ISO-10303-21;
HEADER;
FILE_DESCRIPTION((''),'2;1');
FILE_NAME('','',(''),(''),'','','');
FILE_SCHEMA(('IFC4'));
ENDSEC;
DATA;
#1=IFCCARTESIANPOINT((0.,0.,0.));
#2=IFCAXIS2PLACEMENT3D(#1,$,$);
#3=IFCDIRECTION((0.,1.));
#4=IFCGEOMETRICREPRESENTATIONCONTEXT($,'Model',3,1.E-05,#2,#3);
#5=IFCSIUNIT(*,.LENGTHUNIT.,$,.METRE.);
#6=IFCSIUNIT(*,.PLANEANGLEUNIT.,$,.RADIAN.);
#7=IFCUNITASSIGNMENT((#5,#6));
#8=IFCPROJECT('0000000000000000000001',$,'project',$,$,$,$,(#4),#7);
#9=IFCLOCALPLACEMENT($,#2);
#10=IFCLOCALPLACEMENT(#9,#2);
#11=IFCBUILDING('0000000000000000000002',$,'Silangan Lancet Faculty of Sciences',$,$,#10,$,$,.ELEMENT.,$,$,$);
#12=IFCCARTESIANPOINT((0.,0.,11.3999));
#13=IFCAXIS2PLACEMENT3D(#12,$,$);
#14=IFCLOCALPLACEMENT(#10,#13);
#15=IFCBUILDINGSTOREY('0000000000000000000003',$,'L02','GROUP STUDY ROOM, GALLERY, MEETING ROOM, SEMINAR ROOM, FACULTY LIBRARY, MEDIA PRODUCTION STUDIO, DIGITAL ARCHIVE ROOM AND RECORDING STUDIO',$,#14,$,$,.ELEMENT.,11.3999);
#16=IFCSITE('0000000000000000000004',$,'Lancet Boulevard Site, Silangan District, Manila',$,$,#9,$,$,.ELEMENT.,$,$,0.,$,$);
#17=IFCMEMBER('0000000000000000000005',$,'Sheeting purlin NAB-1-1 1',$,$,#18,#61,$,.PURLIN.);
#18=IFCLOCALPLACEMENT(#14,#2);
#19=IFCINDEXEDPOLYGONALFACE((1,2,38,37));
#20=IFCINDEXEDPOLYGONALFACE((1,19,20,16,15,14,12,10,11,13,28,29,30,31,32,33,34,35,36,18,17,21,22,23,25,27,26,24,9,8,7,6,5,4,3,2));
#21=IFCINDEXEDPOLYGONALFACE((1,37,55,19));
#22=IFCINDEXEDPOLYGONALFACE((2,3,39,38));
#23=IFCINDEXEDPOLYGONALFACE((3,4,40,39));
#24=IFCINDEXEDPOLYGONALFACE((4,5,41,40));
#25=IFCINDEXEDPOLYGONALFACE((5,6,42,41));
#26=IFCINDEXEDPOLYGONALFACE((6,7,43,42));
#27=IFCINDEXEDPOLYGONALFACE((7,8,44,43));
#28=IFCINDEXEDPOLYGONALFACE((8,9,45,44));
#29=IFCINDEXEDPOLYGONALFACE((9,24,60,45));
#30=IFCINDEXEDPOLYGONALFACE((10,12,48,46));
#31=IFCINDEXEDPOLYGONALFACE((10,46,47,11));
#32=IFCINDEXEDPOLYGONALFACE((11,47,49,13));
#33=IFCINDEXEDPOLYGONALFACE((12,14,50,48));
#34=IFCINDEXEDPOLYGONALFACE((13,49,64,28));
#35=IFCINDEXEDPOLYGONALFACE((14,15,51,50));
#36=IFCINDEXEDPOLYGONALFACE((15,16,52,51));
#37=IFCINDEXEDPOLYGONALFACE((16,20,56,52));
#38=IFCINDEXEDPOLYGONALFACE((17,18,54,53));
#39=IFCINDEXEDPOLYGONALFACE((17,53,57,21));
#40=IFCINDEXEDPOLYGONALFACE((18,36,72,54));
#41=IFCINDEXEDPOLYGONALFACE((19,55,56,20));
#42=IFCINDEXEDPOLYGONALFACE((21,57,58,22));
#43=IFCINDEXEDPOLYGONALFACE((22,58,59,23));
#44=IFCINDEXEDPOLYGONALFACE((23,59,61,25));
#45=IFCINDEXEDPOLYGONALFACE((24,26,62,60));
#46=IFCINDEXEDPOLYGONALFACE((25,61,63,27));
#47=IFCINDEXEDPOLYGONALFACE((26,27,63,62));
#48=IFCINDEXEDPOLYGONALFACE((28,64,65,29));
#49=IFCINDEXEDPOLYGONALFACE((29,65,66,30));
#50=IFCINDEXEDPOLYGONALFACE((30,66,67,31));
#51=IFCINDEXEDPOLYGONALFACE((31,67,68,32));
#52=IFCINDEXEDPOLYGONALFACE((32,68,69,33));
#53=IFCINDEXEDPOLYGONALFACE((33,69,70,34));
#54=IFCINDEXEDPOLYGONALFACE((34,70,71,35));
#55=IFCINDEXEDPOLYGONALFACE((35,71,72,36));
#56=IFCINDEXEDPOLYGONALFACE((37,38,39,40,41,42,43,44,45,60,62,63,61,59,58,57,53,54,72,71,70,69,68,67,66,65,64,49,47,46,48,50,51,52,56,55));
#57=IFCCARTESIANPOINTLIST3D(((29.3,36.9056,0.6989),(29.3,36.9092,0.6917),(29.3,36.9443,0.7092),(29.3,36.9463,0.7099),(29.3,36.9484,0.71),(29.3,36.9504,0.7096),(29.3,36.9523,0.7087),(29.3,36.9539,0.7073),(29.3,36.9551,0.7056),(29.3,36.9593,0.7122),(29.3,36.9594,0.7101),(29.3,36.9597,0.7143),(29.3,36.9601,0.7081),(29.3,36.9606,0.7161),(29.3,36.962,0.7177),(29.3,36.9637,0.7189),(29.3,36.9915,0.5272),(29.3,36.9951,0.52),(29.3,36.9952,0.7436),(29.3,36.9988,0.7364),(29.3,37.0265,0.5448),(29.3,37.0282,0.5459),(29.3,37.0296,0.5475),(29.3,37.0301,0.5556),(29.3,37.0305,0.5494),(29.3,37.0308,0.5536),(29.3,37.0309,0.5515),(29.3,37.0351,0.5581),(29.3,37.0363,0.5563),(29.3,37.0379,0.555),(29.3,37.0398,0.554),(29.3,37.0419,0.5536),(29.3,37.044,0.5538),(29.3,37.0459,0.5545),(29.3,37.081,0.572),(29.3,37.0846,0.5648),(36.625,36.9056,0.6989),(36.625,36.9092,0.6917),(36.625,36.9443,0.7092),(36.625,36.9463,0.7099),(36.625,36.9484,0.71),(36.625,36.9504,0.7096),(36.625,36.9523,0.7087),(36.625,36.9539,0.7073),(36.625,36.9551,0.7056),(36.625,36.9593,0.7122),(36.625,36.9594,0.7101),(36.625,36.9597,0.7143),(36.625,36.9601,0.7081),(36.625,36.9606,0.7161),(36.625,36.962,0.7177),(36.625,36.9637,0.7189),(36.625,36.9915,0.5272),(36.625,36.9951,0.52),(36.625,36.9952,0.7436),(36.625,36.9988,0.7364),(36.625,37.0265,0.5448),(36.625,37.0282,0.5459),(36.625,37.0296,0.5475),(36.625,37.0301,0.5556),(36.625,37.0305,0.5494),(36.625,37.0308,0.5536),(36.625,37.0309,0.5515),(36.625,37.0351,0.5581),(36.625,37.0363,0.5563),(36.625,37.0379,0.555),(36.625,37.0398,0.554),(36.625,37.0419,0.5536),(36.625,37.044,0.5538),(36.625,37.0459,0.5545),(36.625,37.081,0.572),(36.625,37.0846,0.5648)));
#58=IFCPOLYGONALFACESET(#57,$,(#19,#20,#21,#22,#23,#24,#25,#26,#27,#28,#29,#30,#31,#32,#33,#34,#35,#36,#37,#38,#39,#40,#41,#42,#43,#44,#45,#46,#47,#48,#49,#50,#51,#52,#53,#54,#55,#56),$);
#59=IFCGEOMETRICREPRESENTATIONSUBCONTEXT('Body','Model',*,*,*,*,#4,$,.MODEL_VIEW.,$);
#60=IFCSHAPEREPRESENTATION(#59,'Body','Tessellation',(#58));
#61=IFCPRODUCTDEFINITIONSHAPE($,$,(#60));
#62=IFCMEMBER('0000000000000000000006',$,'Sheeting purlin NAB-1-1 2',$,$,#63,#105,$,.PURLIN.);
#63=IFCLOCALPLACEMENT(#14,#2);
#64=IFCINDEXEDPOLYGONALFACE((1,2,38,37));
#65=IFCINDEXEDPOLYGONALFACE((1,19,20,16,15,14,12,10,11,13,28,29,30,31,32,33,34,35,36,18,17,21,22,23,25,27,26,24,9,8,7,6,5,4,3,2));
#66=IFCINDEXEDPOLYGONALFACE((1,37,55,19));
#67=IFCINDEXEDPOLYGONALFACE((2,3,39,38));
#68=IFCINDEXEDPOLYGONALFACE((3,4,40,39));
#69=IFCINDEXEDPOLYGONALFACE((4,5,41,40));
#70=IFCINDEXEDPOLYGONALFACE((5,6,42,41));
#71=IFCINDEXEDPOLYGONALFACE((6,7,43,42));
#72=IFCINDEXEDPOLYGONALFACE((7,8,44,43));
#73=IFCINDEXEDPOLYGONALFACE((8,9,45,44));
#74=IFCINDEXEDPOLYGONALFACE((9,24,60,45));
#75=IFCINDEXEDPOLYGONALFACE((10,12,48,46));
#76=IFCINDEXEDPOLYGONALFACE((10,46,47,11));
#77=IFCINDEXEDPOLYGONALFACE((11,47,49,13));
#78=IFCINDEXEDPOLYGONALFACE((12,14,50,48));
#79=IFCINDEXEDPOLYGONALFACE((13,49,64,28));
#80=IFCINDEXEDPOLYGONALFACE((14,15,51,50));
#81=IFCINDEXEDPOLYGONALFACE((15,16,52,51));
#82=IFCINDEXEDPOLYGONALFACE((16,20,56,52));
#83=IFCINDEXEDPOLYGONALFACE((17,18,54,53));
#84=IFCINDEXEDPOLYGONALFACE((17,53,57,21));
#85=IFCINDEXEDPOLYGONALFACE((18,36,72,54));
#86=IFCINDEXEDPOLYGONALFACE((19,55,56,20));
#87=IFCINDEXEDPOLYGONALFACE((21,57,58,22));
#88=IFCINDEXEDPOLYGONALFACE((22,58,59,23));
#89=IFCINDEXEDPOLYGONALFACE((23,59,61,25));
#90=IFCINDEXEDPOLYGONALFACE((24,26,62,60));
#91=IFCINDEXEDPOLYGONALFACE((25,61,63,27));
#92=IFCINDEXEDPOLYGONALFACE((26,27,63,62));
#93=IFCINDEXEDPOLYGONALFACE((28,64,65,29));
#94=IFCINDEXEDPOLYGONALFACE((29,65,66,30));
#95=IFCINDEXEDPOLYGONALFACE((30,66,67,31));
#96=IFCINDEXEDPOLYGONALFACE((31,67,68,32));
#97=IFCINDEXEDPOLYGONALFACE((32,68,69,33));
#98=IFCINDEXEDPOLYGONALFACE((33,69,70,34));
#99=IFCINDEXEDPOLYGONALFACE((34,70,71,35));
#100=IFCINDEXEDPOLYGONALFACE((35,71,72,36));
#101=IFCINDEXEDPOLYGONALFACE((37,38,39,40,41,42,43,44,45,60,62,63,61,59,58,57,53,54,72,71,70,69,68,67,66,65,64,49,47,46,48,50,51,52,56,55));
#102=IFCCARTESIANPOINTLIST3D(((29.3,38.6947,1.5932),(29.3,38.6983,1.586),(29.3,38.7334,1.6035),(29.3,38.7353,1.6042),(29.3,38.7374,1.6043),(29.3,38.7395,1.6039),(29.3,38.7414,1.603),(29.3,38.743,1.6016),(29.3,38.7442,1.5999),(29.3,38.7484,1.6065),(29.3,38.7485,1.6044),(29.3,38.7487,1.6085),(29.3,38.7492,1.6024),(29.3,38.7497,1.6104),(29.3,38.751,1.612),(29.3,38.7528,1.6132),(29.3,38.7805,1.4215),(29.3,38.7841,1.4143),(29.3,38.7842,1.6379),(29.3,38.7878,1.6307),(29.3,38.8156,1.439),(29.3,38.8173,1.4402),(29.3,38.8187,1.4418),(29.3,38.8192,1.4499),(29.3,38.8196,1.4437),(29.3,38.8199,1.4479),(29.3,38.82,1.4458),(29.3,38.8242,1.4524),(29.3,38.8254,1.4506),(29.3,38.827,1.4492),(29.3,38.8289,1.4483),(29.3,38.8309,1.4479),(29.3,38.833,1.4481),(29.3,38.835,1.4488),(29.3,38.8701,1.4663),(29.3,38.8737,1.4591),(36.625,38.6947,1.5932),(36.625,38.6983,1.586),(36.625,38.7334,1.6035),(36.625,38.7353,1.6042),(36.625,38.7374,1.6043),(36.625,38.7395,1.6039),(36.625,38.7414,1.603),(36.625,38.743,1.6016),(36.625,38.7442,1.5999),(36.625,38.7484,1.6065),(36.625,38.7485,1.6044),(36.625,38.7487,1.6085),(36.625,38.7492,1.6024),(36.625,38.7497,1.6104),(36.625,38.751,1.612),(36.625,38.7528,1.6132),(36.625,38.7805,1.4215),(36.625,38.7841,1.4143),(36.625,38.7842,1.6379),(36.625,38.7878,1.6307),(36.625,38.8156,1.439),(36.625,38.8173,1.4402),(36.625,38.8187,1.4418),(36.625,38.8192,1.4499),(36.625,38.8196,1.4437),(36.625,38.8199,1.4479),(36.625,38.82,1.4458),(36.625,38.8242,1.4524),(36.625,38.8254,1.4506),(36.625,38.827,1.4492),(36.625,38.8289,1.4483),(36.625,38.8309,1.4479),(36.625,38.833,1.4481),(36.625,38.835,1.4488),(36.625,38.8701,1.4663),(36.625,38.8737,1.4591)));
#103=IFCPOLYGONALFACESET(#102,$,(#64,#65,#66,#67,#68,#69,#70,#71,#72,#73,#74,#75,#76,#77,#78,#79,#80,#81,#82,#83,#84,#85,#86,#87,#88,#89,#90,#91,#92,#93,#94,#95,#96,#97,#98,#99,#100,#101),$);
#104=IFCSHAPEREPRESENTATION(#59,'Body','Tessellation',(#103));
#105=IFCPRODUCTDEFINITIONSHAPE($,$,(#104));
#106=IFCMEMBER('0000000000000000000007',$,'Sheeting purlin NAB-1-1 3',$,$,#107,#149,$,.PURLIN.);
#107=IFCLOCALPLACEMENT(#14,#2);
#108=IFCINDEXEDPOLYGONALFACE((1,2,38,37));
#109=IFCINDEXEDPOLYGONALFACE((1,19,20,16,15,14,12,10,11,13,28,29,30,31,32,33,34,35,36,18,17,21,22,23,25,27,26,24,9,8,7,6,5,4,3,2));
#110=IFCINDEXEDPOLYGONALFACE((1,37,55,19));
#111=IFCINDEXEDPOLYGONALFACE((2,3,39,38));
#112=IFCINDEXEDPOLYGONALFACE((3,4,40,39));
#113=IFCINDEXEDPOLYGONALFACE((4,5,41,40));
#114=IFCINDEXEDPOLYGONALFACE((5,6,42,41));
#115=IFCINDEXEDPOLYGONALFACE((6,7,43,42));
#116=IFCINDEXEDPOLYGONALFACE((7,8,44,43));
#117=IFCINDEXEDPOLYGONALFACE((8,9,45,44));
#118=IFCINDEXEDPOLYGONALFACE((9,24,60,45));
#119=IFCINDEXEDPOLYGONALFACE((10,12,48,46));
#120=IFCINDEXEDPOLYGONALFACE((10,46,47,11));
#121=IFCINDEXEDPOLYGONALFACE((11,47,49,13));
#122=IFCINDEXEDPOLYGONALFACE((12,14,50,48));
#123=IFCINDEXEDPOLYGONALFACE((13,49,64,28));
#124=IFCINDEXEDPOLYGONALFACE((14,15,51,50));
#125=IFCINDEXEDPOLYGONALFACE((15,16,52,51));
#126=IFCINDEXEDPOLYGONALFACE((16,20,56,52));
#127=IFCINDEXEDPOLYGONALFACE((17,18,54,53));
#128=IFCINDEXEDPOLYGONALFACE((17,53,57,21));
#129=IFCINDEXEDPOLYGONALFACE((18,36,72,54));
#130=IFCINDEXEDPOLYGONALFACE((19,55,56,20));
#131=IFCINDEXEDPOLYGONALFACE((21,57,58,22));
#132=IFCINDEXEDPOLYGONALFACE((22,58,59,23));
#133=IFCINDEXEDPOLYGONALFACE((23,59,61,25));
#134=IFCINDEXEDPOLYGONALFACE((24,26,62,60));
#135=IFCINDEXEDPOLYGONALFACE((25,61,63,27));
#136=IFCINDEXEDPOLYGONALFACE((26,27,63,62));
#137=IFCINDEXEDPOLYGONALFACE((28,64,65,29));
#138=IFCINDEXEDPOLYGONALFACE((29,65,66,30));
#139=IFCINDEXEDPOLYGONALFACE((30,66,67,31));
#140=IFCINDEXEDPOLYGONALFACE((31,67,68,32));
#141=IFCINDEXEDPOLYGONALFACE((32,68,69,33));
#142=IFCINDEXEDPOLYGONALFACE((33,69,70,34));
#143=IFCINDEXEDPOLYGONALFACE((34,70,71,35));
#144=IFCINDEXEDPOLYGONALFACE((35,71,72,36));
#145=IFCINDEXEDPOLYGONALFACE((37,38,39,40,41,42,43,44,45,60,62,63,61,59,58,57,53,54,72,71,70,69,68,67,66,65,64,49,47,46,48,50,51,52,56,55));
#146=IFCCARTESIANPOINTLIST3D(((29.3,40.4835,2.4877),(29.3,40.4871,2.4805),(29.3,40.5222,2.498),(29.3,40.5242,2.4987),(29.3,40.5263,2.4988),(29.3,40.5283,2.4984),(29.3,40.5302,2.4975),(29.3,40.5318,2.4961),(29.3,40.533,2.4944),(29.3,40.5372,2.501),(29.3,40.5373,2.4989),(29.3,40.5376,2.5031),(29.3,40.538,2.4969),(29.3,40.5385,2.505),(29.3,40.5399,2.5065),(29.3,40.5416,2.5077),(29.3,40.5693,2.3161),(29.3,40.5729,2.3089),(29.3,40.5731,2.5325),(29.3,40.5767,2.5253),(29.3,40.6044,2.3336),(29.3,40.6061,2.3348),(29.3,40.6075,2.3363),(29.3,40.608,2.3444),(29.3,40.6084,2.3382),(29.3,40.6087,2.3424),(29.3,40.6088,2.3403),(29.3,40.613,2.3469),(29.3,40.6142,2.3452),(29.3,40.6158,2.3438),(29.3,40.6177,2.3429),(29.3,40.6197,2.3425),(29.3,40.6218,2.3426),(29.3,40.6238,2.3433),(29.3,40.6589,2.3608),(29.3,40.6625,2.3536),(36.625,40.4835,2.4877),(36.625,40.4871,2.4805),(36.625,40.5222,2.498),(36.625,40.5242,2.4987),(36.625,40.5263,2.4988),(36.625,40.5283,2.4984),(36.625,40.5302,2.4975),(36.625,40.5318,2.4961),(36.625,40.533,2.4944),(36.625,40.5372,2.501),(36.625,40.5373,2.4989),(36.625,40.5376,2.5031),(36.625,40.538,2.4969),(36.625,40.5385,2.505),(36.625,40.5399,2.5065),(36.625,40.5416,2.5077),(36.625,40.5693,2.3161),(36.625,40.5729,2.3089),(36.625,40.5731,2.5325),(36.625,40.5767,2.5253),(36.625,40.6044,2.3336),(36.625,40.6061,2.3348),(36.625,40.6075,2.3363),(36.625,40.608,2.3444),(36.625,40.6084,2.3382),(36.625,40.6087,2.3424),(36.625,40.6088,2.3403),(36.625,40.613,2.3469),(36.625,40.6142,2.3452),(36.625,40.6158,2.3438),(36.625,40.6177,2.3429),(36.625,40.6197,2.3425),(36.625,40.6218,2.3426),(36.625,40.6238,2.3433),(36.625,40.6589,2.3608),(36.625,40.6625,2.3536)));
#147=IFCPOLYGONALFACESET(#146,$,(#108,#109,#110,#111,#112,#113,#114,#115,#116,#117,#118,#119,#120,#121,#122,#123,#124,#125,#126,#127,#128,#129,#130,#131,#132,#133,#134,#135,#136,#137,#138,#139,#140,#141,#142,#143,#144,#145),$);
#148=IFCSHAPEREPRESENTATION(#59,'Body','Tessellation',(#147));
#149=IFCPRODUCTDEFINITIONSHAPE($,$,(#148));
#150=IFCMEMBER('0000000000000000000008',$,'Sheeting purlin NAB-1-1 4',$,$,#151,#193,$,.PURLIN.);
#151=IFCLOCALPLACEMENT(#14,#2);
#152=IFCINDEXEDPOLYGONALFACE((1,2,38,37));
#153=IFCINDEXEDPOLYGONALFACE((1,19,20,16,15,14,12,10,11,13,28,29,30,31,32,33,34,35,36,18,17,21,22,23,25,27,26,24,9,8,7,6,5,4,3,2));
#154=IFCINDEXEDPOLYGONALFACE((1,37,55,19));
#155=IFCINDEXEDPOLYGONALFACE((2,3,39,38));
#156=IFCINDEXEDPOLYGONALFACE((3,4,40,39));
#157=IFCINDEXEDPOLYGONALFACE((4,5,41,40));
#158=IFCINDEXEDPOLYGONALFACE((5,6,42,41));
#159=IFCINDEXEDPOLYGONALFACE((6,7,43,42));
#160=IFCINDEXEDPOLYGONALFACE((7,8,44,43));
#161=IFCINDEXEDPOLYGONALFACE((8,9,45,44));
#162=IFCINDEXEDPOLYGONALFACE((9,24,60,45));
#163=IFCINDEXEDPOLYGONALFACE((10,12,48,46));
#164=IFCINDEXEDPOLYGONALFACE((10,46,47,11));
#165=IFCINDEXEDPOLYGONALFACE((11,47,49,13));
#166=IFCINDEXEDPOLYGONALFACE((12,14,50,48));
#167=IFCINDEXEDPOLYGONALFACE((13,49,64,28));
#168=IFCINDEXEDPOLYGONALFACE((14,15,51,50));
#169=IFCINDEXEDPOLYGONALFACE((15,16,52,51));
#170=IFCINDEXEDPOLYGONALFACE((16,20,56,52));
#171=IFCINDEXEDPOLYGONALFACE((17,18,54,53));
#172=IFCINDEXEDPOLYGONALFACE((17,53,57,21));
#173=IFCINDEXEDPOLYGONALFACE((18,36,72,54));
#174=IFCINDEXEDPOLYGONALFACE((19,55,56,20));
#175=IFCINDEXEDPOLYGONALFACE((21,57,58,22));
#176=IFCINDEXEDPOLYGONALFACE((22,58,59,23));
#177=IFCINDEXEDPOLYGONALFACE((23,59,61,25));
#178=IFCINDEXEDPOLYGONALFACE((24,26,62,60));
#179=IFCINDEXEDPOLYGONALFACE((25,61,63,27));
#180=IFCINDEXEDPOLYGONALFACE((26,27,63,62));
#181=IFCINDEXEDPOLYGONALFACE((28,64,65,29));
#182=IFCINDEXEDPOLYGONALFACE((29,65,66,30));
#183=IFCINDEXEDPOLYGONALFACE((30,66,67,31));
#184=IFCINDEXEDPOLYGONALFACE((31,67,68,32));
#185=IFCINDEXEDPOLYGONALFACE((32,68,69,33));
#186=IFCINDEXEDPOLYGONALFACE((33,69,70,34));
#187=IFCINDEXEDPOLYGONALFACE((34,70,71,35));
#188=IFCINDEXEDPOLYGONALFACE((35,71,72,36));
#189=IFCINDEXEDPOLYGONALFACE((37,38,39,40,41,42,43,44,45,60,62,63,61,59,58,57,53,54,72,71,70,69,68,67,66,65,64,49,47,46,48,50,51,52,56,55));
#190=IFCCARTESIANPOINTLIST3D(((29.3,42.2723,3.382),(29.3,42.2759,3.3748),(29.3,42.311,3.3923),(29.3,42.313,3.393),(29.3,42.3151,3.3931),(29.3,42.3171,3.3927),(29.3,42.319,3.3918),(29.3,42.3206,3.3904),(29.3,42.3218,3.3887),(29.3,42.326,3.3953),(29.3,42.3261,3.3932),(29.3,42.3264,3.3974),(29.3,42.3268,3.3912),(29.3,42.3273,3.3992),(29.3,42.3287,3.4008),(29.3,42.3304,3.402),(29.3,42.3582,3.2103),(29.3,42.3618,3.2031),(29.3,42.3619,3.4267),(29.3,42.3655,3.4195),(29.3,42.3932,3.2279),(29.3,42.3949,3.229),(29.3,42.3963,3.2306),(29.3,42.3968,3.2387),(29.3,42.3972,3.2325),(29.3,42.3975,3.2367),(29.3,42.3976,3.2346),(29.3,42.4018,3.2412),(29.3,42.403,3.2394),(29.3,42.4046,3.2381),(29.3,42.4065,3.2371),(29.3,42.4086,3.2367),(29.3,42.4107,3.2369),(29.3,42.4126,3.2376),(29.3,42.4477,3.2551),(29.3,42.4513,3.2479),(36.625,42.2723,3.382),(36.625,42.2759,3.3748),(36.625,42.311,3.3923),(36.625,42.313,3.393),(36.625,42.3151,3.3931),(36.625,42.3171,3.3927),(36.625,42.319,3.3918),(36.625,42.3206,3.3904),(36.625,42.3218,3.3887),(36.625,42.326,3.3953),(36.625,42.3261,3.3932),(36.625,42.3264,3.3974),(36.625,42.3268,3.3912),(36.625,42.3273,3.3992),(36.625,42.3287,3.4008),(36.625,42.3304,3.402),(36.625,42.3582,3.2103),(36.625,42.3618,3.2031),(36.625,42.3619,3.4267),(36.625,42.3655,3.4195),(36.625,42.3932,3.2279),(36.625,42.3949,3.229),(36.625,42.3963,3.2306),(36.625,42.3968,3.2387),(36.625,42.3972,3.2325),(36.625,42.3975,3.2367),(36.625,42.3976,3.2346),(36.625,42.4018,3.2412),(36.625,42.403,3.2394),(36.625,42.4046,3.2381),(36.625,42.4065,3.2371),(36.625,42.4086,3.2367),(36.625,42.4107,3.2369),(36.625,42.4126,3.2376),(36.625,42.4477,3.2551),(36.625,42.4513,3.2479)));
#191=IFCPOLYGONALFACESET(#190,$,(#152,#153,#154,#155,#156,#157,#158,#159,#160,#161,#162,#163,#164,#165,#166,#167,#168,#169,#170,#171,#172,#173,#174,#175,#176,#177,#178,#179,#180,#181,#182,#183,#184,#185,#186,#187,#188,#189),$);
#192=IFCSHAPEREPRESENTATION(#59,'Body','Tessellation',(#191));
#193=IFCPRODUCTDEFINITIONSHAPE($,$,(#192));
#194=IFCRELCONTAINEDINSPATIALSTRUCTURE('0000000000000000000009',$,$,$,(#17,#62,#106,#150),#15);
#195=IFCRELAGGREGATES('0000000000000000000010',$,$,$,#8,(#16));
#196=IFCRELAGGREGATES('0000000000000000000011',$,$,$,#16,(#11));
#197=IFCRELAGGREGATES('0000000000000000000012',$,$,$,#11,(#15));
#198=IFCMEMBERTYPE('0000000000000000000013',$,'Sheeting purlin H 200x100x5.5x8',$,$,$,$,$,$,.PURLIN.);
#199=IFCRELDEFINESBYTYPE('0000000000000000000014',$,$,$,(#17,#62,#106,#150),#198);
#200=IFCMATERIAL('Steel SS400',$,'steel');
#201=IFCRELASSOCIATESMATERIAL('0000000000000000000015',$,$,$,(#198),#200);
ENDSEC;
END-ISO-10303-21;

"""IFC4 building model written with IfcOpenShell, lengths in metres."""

from ifc_helpers import new_model, si_unit, direction, frame, origin, origin_2d, place, context, subcontext, project, spatial, i_section, extrude, material, material_profile, profile_set, type_object, element, save


model = new_model("IFC4")

# Units and contexts
model_context = context("Model", 3, precision=1e-05, world=origin(), true_north=direction((0.0, 1.0)))
body_context = subcontext(model_context, "Body", "Model", "MODEL_VIEW")
ifc_project = project(units=[si_unit("LENGTHUNIT", "METRE"), si_unit("PLANEANGLEUNIT", "RADIAN")], contexts=[model_context])

# Site, building, storey
site_placement = place(None, origin())
site = spatial("IfcSite", under=ifc_project, at=site_placement, Name="Lancet Boulevard Site, Silangan District, Manila", CompositionType="ELEMENT", RefElevation=0.0)
building_placement = place(site_placement, origin())
building = spatial("IfcBuilding", under=site, at=building_placement, Name="Silangan Lancet Faculty of Sciences", CompositionType="ELEMENT")
storey_placement = place(building_placement, frame((0.0, 0.0, 11.3999)))
storey = spatial("IfcBuildingStorey", under=building, at=storey_placement, Name="L02", Description="GROUP STUDY ROOM, GALLERY, MEETING ROOM, SEMINAR ROOM, FACULTY LIBRARY, MEDIA PRODUCTION STUDIO, DIGITAL ARCHIVE ROOM AND RECORDING STUDIO", CompositionType="ELEMENT", Elevation=11.3999)

# Members
ifc_material_1 = material(Name="Steel SS400", Category="steel")
ifc_material_profile_1 = material_profile(ifc_material_1, i_section(OverallWidth=0.1001, OverallDepth=0.2, WebThickness=0.0056, FlangeThickness=0.0081, FilletRadius=0.0081, at=origin_2d()), Name="H 200x100x5.5x8")
ifc_profile_set_1 = profile_set([ifc_material_profile_1], Name="Steel SS400")
member_type_1 = type_object("IfcMemberType", Name="Sheeting purlin H 200x100x5.5x8", PredefinedType="PURLIN", material=ifc_profile_set_1)
for number, where, z_axis, x_axis, name in (
    (1, (29.3, 36.9951, 0.6318), (1.0, 0.0, 0.0), (0.0, 0.894427, 0.447214), "Sheeting purlin NAB-1-1 1"),
    (2, (29.3, 38.7842, 1.5261), (1.0, 0.0, 0.0), (0.0, 0.894427, 0.447214), "Sheeting purlin NAB-1-1 2"),
    (3, (29.3, 40.573, 2.4207), (1.0, 0.0, 0.0), (0.0, 0.894427, 0.447214), "Sheeting purlin NAB-1-1 3"),
    (4, (29.3, 42.3618, 3.3149), (1.0, 0.0, 0.0), (0.0, 0.894427, 0.447214), "Sheeting purlin NAB-1-1 4"),
):
    element("IfcMember", number, at=place(storey_placement, frame(where, z_axis=z_axis, x_axis=x_axis)), inside=storey, type_object=member_type_1, Name=name, PredefinedType="PURLIN", context=body_context, shape_type="SweptSolid", body=[
        extrude(i_section(OverallWidth=0.1001, OverallDepth=0.2, WebThickness=0.0056, FlangeThickness=0.0081, FilletRadius=0.0081, at=origin_2d()), origin(), (0.0, 0.0, 1.0), 7.325),
    ])

save(model, "model.ifc")
